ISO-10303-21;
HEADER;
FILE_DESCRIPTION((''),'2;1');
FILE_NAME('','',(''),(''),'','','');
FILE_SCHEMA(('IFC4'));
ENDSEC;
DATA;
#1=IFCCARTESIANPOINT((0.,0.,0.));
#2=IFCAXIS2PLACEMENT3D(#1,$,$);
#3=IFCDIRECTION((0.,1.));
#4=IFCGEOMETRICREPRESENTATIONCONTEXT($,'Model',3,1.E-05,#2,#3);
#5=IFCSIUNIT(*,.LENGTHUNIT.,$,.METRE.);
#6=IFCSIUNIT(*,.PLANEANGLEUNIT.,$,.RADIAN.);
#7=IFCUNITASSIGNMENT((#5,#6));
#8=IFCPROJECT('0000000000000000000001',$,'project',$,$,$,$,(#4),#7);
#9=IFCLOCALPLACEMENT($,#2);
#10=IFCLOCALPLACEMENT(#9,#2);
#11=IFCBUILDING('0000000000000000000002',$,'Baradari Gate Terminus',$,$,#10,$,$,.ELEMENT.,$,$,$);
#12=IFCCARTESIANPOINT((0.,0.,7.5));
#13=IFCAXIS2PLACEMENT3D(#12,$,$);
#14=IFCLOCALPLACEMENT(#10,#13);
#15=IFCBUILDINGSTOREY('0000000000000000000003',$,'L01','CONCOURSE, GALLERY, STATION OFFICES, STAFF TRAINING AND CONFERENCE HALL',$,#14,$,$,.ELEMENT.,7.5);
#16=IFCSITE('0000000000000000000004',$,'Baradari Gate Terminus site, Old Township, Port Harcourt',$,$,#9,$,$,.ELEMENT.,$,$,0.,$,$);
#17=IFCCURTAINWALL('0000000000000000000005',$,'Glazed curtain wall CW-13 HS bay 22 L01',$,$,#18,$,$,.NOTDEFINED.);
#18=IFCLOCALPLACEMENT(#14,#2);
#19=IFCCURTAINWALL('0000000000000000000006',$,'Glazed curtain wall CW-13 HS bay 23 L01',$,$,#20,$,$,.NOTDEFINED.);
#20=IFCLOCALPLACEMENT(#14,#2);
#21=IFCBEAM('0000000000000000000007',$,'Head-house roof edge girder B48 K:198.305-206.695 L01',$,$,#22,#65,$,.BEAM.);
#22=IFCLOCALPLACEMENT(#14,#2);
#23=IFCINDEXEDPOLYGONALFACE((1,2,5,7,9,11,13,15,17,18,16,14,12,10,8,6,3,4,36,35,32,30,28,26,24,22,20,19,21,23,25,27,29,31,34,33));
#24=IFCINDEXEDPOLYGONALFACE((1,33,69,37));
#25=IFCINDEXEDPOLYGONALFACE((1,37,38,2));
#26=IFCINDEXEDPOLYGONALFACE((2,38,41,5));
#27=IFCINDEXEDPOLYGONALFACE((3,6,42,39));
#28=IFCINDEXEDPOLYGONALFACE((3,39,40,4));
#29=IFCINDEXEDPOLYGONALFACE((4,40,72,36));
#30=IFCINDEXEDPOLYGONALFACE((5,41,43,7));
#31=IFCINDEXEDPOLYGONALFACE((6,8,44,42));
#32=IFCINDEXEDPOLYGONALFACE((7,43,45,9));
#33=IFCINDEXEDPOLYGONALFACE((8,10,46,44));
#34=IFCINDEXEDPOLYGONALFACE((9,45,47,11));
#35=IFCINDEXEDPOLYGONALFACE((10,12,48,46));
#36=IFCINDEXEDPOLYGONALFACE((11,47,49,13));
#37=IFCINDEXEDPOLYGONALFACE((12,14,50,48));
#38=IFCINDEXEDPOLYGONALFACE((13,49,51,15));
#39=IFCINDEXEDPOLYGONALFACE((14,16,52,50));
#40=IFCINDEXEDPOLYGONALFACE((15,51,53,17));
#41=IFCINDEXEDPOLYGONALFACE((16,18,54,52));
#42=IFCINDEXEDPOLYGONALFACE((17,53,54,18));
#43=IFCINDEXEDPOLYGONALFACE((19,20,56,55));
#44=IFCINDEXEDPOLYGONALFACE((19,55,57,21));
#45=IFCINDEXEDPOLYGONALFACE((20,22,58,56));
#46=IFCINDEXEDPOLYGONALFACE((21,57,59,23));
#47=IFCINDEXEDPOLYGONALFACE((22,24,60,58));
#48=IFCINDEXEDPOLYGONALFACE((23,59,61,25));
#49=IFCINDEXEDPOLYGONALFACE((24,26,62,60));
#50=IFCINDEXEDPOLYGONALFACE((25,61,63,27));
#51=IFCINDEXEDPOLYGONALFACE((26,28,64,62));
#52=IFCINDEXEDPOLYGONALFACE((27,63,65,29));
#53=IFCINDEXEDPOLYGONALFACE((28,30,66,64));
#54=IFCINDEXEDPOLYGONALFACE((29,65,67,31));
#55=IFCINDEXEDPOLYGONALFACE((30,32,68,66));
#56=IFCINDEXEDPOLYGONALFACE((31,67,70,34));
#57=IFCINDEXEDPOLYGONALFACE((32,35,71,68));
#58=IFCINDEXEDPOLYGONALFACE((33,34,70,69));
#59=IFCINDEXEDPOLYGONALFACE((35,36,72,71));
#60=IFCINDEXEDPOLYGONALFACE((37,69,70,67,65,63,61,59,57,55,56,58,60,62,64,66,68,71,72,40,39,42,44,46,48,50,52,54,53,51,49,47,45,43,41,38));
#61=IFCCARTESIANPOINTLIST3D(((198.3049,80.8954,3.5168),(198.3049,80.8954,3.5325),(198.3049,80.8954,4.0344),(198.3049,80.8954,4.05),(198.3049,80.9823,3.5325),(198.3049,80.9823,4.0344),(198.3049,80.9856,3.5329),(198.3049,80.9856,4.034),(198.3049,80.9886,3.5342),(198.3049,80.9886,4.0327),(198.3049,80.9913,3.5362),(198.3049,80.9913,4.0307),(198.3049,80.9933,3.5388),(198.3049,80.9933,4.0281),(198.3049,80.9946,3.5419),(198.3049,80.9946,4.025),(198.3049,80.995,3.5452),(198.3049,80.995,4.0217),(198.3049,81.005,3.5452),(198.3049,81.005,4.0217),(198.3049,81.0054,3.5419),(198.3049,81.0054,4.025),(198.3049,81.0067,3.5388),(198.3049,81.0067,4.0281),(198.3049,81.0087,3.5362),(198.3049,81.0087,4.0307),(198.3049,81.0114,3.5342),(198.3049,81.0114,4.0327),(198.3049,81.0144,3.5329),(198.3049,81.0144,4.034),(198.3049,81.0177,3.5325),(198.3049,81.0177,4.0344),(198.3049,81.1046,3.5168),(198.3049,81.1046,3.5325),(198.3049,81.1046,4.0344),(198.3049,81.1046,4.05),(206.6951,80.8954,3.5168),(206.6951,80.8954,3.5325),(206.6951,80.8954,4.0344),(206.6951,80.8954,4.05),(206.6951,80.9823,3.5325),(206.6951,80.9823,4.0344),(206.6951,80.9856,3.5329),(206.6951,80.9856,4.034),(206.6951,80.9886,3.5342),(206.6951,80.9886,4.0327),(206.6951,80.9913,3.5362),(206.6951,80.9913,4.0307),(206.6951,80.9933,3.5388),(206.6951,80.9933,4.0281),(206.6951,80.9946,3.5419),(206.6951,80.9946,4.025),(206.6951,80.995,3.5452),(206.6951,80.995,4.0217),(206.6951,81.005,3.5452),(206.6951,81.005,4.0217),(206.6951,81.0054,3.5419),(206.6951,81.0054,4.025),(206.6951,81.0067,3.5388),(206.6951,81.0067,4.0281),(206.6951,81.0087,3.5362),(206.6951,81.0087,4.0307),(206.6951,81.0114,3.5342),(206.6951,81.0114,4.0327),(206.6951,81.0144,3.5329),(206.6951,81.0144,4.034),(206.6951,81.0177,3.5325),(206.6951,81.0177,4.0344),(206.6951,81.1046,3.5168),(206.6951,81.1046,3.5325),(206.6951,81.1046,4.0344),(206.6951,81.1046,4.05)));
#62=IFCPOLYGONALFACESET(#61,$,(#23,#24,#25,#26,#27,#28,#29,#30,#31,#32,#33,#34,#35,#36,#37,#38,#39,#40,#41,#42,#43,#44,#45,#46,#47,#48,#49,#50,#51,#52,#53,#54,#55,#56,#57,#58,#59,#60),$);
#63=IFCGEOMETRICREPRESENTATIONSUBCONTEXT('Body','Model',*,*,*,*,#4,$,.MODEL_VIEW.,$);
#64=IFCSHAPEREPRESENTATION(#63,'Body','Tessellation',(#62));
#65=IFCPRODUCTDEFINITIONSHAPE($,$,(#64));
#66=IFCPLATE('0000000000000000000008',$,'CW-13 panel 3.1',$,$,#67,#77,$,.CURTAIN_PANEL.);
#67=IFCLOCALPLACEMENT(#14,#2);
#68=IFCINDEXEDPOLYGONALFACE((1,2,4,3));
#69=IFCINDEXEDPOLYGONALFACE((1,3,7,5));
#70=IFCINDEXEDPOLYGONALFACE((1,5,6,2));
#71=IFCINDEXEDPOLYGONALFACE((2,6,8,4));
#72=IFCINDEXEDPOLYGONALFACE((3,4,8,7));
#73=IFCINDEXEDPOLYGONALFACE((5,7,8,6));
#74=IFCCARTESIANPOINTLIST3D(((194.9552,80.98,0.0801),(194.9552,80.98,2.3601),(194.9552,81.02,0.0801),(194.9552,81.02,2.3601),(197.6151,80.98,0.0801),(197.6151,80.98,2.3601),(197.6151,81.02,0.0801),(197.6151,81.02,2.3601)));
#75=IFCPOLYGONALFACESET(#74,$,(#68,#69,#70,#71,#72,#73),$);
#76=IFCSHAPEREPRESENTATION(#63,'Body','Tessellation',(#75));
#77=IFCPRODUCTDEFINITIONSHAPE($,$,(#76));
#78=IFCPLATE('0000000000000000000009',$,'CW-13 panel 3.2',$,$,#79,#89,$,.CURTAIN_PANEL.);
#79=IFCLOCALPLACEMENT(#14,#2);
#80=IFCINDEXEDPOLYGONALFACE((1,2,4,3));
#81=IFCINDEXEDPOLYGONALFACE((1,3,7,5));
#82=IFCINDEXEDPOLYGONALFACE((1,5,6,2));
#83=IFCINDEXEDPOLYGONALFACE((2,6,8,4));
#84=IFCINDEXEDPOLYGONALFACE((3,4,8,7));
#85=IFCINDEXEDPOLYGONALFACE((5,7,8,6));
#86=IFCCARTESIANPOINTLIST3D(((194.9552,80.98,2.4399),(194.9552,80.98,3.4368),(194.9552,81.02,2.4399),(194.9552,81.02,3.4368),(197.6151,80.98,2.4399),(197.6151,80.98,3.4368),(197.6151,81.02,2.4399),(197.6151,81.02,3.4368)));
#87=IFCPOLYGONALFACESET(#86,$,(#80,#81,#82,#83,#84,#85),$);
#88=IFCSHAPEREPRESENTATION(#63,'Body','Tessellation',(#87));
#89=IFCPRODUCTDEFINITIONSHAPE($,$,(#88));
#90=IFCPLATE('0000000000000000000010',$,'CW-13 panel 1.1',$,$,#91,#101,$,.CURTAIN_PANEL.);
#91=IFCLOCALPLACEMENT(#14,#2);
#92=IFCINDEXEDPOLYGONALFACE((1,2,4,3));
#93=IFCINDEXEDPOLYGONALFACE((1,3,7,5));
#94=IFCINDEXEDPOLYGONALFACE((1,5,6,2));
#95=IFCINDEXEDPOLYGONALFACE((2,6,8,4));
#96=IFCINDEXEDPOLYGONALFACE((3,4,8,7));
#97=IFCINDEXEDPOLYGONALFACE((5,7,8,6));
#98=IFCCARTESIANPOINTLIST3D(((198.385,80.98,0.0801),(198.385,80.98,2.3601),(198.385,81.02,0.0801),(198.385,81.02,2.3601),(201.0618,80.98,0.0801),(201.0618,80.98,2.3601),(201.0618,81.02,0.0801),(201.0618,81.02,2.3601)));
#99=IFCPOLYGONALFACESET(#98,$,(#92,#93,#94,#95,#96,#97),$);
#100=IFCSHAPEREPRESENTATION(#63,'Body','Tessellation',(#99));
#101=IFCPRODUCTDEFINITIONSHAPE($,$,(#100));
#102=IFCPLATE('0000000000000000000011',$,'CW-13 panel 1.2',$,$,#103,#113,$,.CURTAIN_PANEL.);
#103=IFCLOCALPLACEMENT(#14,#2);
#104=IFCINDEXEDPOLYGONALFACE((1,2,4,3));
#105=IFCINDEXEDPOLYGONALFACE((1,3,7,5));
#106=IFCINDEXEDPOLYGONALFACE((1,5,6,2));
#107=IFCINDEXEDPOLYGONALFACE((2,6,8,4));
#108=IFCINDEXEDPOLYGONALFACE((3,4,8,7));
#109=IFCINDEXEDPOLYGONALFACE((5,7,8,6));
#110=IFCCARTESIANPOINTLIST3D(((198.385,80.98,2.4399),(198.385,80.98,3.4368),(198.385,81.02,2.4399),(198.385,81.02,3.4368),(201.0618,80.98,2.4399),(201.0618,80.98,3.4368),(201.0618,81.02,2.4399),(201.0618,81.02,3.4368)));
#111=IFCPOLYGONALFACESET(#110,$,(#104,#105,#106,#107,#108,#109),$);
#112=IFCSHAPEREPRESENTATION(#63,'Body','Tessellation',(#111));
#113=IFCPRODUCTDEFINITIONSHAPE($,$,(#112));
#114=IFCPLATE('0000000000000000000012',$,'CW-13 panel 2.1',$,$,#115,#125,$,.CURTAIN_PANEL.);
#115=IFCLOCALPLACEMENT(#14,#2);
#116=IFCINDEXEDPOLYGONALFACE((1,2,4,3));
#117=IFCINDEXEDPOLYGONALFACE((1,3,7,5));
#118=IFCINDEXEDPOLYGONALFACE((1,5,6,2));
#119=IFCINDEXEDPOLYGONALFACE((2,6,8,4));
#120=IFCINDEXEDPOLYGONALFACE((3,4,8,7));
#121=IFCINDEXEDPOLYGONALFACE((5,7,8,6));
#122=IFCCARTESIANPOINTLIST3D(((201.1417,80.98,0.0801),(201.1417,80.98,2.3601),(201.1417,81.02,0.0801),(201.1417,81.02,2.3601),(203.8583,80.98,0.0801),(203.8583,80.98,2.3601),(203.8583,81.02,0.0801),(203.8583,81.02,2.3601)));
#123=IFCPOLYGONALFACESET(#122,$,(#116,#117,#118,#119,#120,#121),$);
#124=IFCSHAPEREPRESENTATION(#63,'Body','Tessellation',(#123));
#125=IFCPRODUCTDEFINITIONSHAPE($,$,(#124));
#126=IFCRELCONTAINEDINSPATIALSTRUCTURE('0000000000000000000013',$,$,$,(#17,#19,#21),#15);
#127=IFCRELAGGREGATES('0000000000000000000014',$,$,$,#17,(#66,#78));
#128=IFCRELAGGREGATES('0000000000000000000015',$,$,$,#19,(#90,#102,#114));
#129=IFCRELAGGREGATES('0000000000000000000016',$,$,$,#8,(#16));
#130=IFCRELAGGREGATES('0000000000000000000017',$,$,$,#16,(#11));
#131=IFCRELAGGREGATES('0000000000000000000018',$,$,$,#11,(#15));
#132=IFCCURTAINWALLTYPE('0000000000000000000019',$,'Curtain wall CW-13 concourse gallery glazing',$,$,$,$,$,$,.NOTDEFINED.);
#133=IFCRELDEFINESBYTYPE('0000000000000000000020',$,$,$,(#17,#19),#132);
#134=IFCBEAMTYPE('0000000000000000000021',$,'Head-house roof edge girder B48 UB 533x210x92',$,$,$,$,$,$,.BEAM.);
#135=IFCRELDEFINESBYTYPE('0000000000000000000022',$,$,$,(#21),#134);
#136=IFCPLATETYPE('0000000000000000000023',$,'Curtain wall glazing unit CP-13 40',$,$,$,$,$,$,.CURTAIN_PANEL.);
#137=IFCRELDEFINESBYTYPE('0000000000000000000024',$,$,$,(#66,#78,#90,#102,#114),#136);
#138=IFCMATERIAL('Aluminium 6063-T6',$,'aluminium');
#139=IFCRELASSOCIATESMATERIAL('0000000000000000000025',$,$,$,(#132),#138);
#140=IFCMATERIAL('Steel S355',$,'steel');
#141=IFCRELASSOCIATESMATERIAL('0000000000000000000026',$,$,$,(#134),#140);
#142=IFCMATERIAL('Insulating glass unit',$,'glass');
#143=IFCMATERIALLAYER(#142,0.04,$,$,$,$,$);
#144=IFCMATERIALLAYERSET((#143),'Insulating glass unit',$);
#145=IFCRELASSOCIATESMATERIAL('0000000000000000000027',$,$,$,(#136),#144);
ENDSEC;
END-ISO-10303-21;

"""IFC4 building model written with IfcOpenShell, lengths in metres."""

from ifc_helpers import new_model, si_unit, direction, frame, origin, origin_2d, place, context, subcontext, project, spatial, rectangle, i_section, extrude, material, layer, layer_set, material_profile, profile_set, type_object, element, aggregate, save


model = new_model("IFC4")

# Units and contexts
model_context = context("Model", 3, precision=1e-05, world=origin(), true_north=direction((0.0, 1.0)))
body_context = subcontext(model_context, "Body", "Model", "MODEL_VIEW")
ifc_project = project(units=[si_unit("LENGTHUNIT", "METRE"), si_unit("PLANEANGLEUNIT", "RADIAN")], contexts=[model_context])

# Site, building, storey
site_placement = place(None, origin())
site = spatial("IfcSite", under=ifc_project, at=site_placement, Name="Baradari Gate Terminus site, Old Township, Port Harcourt", CompositionType="ELEMENT", RefElevation=0.0)
building_placement = place(site_placement, origin())
building = spatial("IfcBuilding", under=site, at=building_placement, Name="Baradari Gate Terminus", CompositionType="ELEMENT")
storey_placement = place(building_placement, frame((0.0, 0.0, 7.5)))
storey = spatial("IfcBuildingStorey", under=building, at=storey_placement, Name="L01", Description="CONCOURSE, GALLERY, STATION OFFICES, STAFF TRAINING AND CONFERENCE HALL", CompositionType="ELEMENT", Elevation=7.5)

# Curtain wall
ifc_material_1 = material(Name="Aluminium 6063-T6", Category="aluminium")
curtain_wall_type = type_object("IfcCurtainWallType", Name="Curtain wall CW-13 concourse gallery glazing", PredefinedType="NOTDEFINED", material=ifc_material_1)
curtain_wall_1_placement = place(storey_placement, origin())
curtain_wall_1 = element("IfcCurtainWall", 1, at=curtain_wall_1_placement, inside=storey, type_object=curtain_wall_type, Name="Glazed curtain wall CW-13 HS bay 22 L01", PredefinedType="NOTDEFINED")

# Curtain wall
curtain_wall_2_placement = place(storey_placement, origin())
curtain_wall_2 = element("IfcCurtainWall", 2, at=curtain_wall_2_placement, inside=storey, type_object=curtain_wall_type, Name="Glazed curtain wall CW-13 HS bay 23 L01", PredefinedType="NOTDEFINED")

# Beam
ifc_material_2 = material(Name="Steel S355", Category="steel")
ifc_material_profile_1 = material_profile(ifc_material_2, i_section(OverallWidth=0.2092, OverallDepth=0.5332, WebThickness=0.01, FlangeThickness=0.0156, FilletRadius=0.0127, at=origin_2d()), Name="UB 533x210x92")
ifc_profile_set_1 = profile_set([ifc_material_profile_1], Name="Steel S355")
beam_type_1 = type_object("IfcBeamType", Name="Head-house roof edge girder B48 UB 533x210x92", PredefinedType="BEAM", material=ifc_profile_set_1)
beam_1_placement = place(storey_placement, frame((198.3049, 81.0, 3.7834), z_axis=(1.0, 0.0, 0.0), x_axis=(0.0, 1.0, 0.0)))
element("IfcBeam", 3, at=beam_1_placement, inside=storey, type_object=beam_type_1, Name="Head-house roof edge girder B48 K:198.305-206.695 L01", PredefinedType="BEAM", context=body_context, shape_type="SweptSolid", body=[
    extrude(i_section(OverallWidth=0.2092, OverallDepth=0.5332, WebThickness=0.01, FlangeThickness=0.0156, FilletRadius=0.0127, at=origin_2d()), origin(), (0.0, 0.0, 1.0), 8.3901),
])

# Plates
ifc_material_3 = material(Name="Insulating glass unit", Category="glass")
ifc_layer_1 = layer(ifc_material_3, 0.04)
ifc_layer_set_1 = layer_set([ifc_layer_1], Name="Insulating glass unit")
plate_type = type_object("IfcPlateType", Name="Curtain wall glazing unit CP-13 40", PredefinedType="CURTAIN_PANEL", material=ifc_layer_set_1)
plate_1_placement = place(storey_placement, frame((196.2852, 81.0, 0.0801), z_axis=(0.0, 0.0, 1.0), x_axis=(1.0, 0.0, 0.0)))
plate_1 = element("IfcPlate", 4, at=plate_1_placement, type_object=plate_type, Name="CW-13 panel 3.1", PredefinedType="CURTAIN_PANEL", context=body_context, shape_type="SweptSolid", body=[
    extrude(rectangle(XDim=2.6599, YDim=0.04, at=origin_2d()), origin(), (0.0, 0.0, 1.0), 2.28),
])
plate_2_placement = place(storey_placement, frame((196.2852, 81.0, 2.4399), z_axis=(0.0, 0.0, 1.0), x_axis=(1.0, 0.0, 0.0)))
plate_2 = element("IfcPlate", 5, at=plate_2_placement, type_object=plate_type, Name="CW-13 panel 3.2", PredefinedType="CURTAIN_PANEL", context=body_context, shape_type="SweptSolid", body=[
    extrude(rectangle(XDim=2.6599, YDim=0.04, at=origin_2d()), origin(), (0.0, 0.0, 1.0), 0.9968),
])
aggregate(curtain_wall_1, [plate_1, plate_2])
plate_3_placement = place(storey_placement, frame((199.7234, 81.0, 0.0801), z_axis=(0.0, 0.0, 1.0), x_axis=(1.0, 0.0, 0.0)))
plate_3 = element("IfcPlate", 6, at=plate_3_placement, type_object=plate_type, Name="CW-13 panel 1.1", PredefinedType="CURTAIN_PANEL", context=body_context, shape_type="SweptSolid", body=[
    extrude(rectangle(XDim=2.6768, YDim=0.04, at=origin_2d()), origin(), (0.0, 0.0, 1.0), 2.28),
])
plate_4_placement = place(storey_placement, frame((199.7234, 81.0, 2.4399), z_axis=(0.0, 0.0, 1.0), x_axis=(1.0, 0.0, 0.0)))
plate_4 = element("IfcPlate", 7, at=plate_4_placement, type_object=plate_type, Name="CW-13 panel 1.2", PredefinedType="CURTAIN_PANEL", context=body_context, shape_type="SweptSolid", body=[
    extrude(rectangle(XDim=2.6768, YDim=0.04, at=origin_2d()), origin(), (0.0, 0.0, 1.0), 0.9968),
])
plate_5_placement = place(storey_placement, frame((202.5, 81.0, 0.0801), z_axis=(0.0, 0.0, 1.0), x_axis=(1.0, 0.0, 0.0)))
plate_5 = element("IfcPlate", 8, at=plate_5_placement, type_object=plate_type, Name="CW-13 panel 2.1", PredefinedType="CURTAIN_PANEL", context=body_context, shape_type="SweptSolid", body=[
    extrude(rectangle(XDim=2.7166, YDim=0.04, at=origin_2d()), origin(), (0.0, 0.0, 1.0), 2.28),
])
aggregate(curtain_wall_2, [plate_3, plate_4, plate_5])

save(model, "model.ifc")
